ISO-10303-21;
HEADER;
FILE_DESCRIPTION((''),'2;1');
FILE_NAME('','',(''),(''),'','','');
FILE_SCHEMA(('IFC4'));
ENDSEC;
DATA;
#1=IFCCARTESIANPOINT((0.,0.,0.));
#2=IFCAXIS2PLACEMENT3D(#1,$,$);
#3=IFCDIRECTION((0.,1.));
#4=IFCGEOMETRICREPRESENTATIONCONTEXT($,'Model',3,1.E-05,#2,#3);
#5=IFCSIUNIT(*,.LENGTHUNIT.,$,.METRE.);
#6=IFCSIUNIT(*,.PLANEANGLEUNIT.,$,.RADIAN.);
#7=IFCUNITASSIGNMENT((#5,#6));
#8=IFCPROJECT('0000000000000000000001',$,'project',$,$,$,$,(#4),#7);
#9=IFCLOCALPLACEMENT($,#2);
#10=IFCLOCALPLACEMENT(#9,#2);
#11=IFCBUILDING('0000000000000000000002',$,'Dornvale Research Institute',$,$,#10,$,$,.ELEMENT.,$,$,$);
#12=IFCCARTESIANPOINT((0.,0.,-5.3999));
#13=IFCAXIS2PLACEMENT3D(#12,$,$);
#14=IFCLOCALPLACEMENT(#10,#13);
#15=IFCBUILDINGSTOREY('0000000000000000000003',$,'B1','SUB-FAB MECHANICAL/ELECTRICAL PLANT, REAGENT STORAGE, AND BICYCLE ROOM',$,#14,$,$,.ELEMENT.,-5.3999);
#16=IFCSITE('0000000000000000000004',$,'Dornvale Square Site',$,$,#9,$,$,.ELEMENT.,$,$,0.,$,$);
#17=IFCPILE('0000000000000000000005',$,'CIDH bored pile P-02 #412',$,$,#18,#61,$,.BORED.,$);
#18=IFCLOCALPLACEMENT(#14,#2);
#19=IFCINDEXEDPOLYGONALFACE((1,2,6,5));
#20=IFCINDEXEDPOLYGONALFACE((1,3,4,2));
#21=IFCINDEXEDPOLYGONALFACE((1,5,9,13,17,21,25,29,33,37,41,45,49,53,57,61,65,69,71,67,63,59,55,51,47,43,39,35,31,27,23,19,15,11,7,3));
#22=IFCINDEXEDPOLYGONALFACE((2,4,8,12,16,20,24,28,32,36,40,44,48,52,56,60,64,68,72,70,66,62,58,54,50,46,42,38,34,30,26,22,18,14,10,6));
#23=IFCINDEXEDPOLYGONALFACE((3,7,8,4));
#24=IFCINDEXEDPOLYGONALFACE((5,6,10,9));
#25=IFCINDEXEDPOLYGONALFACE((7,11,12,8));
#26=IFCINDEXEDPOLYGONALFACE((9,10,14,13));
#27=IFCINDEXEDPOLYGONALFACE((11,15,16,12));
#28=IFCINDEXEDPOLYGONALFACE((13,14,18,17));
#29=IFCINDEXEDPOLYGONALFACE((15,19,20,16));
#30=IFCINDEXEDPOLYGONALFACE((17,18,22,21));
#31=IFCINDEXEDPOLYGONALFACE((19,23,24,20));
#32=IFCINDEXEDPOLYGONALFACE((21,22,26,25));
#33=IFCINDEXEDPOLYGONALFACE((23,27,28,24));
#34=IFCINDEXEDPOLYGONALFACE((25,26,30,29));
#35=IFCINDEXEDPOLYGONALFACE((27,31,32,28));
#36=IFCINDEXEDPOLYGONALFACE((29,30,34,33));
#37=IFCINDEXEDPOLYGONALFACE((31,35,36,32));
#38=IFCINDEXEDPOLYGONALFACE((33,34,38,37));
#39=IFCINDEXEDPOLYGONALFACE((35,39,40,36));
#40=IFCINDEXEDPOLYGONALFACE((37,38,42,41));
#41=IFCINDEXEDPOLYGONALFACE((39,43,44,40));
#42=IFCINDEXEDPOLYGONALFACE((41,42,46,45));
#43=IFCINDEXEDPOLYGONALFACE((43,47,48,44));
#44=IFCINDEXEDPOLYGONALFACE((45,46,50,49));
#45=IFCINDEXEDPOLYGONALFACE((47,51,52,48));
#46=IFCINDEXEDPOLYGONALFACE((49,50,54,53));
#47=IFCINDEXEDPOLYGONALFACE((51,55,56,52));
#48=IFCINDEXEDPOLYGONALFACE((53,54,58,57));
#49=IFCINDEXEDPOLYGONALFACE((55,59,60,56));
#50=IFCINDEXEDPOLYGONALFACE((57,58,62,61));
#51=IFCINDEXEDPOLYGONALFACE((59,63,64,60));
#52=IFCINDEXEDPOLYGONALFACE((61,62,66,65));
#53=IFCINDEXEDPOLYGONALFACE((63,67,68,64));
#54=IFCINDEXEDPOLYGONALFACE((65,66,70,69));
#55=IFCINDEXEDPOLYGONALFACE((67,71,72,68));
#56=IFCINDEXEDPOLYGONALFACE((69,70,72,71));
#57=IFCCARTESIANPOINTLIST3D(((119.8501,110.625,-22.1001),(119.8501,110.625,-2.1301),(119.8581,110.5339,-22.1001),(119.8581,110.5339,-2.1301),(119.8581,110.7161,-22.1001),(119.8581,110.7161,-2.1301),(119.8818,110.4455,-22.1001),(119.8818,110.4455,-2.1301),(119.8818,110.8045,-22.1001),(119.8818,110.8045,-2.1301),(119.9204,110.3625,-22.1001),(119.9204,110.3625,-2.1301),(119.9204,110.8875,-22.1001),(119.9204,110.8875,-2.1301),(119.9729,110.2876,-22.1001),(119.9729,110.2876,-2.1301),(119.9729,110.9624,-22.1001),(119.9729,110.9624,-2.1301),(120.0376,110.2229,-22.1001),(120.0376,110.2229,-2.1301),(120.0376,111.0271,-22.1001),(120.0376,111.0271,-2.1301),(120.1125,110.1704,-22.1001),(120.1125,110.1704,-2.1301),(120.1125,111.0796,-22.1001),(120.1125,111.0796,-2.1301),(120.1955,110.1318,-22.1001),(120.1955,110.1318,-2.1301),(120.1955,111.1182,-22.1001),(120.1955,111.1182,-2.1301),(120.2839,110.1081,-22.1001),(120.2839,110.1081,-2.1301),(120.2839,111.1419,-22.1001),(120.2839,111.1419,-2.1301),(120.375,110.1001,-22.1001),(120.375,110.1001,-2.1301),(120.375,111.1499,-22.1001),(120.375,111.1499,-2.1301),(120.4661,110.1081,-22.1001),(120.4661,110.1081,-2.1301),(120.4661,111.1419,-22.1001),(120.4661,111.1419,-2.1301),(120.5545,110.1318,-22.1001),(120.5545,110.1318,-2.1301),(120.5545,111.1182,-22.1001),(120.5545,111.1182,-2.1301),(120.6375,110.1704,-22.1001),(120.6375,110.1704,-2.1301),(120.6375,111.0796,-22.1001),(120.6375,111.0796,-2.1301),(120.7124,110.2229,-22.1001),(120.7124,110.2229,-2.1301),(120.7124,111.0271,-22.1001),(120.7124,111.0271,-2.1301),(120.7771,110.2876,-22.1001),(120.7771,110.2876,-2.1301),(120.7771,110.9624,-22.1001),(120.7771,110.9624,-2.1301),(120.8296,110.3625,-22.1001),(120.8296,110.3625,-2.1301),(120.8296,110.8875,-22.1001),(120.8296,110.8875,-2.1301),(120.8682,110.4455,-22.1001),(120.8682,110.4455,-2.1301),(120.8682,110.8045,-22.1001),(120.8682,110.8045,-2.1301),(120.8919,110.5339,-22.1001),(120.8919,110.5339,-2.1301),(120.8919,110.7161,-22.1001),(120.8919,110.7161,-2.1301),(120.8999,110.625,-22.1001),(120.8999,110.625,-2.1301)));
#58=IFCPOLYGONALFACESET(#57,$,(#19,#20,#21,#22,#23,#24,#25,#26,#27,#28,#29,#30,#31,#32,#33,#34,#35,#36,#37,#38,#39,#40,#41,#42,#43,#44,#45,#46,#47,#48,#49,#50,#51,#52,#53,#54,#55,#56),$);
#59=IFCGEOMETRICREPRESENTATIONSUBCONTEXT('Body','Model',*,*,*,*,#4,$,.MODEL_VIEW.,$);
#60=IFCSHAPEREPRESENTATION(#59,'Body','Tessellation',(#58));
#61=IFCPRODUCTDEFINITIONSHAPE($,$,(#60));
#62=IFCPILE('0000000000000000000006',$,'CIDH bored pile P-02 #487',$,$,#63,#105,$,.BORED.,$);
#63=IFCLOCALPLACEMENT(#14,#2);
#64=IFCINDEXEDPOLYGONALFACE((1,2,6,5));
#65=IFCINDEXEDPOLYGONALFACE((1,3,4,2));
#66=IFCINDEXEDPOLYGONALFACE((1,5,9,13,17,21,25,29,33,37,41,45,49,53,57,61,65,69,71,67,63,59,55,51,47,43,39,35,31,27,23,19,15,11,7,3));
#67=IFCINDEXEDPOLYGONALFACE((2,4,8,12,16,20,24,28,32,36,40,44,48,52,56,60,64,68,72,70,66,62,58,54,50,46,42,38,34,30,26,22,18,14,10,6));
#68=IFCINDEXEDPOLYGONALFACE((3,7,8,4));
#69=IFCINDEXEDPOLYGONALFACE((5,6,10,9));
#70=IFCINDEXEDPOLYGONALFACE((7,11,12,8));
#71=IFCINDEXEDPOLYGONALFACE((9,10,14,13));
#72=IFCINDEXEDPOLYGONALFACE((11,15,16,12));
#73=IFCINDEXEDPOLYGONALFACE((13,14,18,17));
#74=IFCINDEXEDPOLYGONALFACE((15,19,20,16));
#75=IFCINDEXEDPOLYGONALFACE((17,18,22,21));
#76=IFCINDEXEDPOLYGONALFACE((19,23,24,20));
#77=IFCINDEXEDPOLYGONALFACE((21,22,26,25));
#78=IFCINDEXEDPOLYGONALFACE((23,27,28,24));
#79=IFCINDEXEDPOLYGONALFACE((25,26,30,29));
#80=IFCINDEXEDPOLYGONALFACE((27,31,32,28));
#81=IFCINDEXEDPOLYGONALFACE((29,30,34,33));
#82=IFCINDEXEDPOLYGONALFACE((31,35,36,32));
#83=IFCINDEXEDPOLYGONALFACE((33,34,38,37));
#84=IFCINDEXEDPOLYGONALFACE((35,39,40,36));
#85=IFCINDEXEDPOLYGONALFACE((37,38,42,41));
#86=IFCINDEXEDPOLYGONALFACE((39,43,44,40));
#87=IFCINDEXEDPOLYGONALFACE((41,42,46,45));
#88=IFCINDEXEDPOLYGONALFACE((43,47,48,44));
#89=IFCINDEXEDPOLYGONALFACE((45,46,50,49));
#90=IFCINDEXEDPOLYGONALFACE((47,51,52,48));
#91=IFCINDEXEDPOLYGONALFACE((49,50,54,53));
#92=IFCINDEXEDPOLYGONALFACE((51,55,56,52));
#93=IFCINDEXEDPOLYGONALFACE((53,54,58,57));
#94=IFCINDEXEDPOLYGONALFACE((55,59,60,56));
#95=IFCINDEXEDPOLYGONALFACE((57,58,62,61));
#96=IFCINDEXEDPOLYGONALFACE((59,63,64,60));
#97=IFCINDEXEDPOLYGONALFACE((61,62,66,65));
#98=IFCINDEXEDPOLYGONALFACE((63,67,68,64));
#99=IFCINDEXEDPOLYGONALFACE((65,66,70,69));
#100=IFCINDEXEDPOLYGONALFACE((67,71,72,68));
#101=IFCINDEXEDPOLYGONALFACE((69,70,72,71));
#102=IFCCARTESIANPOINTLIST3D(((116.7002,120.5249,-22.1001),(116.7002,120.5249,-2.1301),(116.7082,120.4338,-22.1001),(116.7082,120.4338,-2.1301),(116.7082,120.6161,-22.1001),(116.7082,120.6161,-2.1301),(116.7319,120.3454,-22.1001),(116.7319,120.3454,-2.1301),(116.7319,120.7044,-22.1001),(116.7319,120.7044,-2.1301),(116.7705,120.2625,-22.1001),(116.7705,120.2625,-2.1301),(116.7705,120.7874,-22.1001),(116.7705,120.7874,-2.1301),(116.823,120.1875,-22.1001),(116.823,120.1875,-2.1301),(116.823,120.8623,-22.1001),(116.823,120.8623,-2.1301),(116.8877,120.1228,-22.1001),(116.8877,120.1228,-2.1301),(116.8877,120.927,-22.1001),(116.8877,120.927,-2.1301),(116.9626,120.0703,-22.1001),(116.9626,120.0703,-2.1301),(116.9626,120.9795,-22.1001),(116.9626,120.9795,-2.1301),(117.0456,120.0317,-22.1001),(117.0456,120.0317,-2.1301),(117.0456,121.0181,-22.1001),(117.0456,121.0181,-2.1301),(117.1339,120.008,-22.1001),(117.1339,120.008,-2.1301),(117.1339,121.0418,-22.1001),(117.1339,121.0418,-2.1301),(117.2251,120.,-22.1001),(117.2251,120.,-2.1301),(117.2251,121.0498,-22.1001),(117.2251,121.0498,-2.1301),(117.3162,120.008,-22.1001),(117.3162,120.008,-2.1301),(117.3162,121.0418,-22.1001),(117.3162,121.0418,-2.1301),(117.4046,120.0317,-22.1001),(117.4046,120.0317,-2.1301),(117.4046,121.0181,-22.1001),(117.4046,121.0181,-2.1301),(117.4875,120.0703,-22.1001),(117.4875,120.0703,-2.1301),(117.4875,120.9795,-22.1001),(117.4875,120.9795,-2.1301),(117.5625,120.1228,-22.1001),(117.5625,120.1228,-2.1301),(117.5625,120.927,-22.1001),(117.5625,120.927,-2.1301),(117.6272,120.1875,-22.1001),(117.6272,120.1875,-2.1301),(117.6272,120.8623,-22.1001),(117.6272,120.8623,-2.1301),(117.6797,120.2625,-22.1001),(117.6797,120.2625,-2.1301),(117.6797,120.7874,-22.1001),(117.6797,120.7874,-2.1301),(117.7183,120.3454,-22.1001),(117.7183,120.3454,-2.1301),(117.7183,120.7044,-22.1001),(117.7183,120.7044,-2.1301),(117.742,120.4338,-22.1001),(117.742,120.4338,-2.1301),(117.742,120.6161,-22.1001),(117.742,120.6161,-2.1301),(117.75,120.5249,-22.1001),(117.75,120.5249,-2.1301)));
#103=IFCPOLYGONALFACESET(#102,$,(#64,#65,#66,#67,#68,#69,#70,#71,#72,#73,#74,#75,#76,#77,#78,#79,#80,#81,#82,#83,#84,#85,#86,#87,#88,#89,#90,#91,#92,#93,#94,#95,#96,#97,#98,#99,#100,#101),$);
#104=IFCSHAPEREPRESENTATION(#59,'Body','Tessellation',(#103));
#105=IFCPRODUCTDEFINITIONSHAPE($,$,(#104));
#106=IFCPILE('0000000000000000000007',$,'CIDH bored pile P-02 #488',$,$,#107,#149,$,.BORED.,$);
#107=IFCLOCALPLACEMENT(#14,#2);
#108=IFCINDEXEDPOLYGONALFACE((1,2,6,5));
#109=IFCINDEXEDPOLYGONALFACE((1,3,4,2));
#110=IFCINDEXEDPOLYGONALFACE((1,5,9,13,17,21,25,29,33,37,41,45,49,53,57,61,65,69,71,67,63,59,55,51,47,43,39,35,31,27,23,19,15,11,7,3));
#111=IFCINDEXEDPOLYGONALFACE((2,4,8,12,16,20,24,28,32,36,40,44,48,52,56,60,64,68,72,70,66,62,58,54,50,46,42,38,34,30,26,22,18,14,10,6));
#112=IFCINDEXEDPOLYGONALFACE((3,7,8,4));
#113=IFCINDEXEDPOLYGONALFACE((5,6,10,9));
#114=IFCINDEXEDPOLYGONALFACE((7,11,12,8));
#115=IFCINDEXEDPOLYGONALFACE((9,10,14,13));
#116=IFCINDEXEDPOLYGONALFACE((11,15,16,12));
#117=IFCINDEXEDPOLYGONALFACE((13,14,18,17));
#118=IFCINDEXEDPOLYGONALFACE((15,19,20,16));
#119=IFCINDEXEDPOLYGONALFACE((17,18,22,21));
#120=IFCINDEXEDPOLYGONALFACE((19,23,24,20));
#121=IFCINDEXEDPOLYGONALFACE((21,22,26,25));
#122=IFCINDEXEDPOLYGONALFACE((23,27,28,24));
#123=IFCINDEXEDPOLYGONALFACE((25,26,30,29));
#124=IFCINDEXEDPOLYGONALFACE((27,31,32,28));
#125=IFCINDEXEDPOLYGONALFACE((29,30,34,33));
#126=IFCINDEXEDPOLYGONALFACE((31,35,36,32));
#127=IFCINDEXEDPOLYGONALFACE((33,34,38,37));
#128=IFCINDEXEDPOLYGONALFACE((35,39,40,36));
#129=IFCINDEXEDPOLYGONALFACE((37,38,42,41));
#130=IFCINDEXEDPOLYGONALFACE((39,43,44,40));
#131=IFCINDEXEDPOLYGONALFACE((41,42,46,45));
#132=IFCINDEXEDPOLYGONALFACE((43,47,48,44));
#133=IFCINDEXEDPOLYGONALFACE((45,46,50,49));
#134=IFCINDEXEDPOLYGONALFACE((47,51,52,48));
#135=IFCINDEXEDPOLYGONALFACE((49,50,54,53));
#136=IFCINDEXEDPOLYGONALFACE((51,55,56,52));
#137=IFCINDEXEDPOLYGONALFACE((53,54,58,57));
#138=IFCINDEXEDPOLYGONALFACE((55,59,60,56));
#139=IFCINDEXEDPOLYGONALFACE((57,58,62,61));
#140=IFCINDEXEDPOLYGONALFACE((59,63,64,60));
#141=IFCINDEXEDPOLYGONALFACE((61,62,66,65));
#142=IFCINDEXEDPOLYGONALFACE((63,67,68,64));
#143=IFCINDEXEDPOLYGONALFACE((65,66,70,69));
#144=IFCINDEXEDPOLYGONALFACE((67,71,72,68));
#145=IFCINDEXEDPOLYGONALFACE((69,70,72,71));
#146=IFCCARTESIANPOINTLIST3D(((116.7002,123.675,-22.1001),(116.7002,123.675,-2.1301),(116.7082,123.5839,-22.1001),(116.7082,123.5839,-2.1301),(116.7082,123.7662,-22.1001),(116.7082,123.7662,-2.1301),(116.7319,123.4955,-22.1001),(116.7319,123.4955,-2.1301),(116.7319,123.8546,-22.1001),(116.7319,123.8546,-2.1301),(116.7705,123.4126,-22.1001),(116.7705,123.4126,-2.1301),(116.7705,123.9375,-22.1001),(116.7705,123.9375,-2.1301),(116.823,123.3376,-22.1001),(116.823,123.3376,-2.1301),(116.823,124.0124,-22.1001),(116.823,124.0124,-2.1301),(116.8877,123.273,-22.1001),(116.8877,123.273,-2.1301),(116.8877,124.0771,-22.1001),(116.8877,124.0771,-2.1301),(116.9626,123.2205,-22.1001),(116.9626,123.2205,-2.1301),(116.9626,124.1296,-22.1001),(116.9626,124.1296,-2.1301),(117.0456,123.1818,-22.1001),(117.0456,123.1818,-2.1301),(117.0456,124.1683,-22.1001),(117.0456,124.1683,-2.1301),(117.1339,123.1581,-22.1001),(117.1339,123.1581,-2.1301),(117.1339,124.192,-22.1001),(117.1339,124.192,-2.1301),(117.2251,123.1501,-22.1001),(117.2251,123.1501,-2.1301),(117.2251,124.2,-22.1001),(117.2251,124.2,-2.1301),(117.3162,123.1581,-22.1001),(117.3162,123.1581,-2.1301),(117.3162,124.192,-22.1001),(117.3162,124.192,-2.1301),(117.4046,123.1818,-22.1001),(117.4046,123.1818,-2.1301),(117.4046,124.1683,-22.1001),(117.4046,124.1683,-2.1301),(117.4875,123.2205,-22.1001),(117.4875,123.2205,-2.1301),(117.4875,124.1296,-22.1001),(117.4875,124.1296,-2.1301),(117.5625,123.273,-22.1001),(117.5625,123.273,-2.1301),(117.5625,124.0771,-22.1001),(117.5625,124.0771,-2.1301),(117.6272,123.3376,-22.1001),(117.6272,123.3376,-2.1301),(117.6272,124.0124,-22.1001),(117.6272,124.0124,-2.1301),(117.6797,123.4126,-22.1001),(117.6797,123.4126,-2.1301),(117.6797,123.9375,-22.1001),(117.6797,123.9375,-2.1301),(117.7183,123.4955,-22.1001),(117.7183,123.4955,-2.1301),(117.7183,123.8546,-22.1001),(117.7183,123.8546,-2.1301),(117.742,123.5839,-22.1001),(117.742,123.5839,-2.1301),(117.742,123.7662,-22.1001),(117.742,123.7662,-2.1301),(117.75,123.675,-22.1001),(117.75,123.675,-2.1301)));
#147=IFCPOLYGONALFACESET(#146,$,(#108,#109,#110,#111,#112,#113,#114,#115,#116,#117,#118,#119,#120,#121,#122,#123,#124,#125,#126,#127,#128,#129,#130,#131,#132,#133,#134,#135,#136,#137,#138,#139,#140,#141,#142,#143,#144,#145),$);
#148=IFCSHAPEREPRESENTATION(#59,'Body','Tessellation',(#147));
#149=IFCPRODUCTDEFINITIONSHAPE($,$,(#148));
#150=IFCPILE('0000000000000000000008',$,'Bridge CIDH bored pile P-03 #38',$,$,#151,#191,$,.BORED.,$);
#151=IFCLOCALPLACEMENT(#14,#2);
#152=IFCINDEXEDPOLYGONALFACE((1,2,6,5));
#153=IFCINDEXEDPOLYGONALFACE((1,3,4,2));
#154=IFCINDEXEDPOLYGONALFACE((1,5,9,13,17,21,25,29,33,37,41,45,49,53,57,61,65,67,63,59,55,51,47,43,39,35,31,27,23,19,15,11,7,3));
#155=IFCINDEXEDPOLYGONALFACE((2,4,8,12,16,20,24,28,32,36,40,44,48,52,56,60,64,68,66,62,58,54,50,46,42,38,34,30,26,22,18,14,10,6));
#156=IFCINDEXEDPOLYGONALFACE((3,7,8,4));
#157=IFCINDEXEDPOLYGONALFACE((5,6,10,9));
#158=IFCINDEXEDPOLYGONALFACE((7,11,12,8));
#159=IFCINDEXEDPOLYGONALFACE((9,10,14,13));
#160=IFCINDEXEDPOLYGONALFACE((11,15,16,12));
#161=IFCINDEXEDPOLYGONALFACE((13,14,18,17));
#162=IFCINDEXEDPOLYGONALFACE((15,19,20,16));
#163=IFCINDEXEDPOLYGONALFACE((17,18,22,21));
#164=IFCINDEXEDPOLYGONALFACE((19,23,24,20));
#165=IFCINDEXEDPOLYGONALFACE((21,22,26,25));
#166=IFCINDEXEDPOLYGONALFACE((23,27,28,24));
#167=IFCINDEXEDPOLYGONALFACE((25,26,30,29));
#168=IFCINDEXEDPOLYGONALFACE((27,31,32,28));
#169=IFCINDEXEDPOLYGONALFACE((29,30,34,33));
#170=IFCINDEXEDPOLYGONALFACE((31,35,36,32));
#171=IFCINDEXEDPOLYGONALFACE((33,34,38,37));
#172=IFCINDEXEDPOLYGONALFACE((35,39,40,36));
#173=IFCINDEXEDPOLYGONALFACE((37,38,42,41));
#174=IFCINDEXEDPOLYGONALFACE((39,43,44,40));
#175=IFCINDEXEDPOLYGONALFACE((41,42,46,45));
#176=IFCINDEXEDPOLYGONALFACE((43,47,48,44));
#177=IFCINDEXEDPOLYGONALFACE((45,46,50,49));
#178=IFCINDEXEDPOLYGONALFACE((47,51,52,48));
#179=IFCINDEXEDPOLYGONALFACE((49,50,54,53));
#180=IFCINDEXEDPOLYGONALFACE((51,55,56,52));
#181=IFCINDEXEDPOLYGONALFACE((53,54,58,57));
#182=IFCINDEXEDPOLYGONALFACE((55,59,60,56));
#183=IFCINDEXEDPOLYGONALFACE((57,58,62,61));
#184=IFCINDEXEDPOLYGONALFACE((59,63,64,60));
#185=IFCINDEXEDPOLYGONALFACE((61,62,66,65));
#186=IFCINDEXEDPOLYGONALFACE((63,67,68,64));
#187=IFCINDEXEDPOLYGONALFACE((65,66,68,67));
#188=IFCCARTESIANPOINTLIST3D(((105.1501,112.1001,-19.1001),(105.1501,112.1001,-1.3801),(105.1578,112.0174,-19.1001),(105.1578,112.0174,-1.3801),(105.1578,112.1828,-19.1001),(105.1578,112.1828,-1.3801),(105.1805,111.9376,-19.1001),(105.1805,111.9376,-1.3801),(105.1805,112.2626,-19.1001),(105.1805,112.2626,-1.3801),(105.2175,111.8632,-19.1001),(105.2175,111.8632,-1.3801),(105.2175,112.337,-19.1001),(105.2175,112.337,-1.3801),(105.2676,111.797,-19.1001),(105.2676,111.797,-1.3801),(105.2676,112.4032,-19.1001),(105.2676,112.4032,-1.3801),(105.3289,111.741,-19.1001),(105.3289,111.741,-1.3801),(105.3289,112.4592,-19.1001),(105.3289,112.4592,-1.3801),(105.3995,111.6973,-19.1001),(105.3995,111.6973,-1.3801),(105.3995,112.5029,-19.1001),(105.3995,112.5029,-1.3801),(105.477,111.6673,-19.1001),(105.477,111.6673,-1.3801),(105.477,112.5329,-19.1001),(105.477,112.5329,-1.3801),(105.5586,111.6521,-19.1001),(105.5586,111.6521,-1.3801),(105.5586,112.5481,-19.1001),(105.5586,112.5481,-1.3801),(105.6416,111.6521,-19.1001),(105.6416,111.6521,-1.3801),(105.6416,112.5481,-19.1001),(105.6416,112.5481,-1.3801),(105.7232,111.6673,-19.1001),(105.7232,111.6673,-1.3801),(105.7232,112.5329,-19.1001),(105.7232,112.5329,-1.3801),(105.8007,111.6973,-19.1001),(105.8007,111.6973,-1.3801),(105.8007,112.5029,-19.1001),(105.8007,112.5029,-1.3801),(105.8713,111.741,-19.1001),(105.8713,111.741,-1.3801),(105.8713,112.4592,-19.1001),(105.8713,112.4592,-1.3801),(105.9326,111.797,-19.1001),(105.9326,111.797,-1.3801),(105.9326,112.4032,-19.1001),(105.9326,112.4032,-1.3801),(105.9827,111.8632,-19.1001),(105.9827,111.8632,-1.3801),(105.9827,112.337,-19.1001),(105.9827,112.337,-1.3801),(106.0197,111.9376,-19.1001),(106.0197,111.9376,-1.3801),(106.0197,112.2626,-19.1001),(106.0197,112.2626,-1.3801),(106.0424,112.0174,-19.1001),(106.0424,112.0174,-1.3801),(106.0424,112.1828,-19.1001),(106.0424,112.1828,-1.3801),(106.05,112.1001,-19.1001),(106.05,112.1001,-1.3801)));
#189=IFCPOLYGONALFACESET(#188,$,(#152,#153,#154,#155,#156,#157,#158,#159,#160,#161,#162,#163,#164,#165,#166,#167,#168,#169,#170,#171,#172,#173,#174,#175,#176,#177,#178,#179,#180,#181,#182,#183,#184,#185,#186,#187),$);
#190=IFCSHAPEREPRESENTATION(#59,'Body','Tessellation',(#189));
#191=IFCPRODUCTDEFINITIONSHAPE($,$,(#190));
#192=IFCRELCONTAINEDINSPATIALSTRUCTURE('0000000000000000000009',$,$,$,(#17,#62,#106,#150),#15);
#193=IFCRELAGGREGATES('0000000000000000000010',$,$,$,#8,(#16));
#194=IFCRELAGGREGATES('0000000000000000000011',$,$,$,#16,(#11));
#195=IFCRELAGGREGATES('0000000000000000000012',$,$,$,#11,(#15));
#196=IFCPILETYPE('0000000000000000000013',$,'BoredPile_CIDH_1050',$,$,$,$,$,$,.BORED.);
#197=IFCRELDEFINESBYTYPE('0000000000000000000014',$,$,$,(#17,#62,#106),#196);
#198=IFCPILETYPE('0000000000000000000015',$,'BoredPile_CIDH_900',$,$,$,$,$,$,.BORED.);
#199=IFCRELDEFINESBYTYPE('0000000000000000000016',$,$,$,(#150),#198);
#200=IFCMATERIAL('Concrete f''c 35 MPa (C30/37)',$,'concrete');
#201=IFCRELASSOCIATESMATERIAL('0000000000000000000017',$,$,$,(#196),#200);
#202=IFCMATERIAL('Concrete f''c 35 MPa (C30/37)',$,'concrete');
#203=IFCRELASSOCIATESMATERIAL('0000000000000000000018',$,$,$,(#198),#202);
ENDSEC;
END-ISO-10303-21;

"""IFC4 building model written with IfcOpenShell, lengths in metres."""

from ifc_helpers import new_model, si_unit, direction, frame, origin, origin_2d, place, context, subcontext, project, spatial, circle, extrude, material, material_profile, profile_set, type_object, element, save


model = new_model("IFC4")

# Units and contexts
model_context = context("Model", 3, precision=1e-05, world=origin(), true_north=direction((0.0, 1.0)))
body_context = subcontext(model_context, "Body", "Model", "MODEL_VIEW")
ifc_project = project(units=[si_unit("LENGTHUNIT", "METRE"), si_unit("PLANEANGLEUNIT", "RADIAN")], contexts=[model_context])

# Site, building, storey
site_placement = place(None, origin())
site = spatial("IfcSite", under=ifc_project, at=site_placement, Name="Dornvale Square Site", CompositionType="ELEMENT", RefElevation=0.0)
building_placement = place(site_placement, origin())
building = spatial("IfcBuilding", under=site, at=building_placement, Name="Dornvale Research Institute", CompositionType="ELEMENT")
storey_placement = place(building_placement, frame((0.0, 0.0, -5.3999)))
storey = spatial("IfcBuildingStorey", under=building, at=storey_placement, Name="B1", Description="SUB-FAB MECHANICAL/ELECTRICAL PLANT, REAGENT STORAGE, AND BICYCLE ROOM", CompositionType="ELEMENT", Elevation=-5.3999)

# Piles
ifc_material_1 = material(Name="Concrete f'c 35 MPa (C30/37)", Category="concrete")
ifc_material_profile_1 = material_profile(ifc_material_1, circle(Radius=0.5249, at=origin_2d()), Name="CIDH PILE D1050")
ifc_profile_set_1 = profile_set([ifc_material_profile_1], Name="Concrete f'c 35 MPa (C30/37)")
pile_type_1 = type_object("IfcPileType", Name="BoredPile_CIDH_1050", PredefinedType="BORED", material=ifc_profile_set_1)
for number, where, z_axis, x_axis, name in (
    (1, (120.375, 110.625, -2.1301), (0.0, 0.0, -1.0), (1.0, 0.0, 0.0), "CIDH bored pile P-02 #412"),
    (2, (117.2251, 120.5249, -2.1301), (0.0, 0.0, -1.0), (1.0, 0.0, 0.0), "CIDH bored pile P-02 #487"),
    (3, (117.2251, 123.675, -2.1301), (0.0, 0.0, -1.0), (1.0, 0.0, 0.0), "CIDH bored pile P-02 #488"),
):
    element("IfcPile", number, at=place(storey_placement, frame(where, z_axis=z_axis, x_axis=x_axis)), inside=storey, type_object=pile_type_1, Name=name, PredefinedType="BORED", context=body_context, shape_type="SweptSolid", body=[
        extrude(circle(Radius=0.5249, at=origin_2d()), origin(), (0.0, 0.0, 1.0), 19.97),
    ])
ifc_material_2 = material(Name="Concrete f'c 35 MPa (C30/37)", Category="concrete")
ifc_material_profile_2 = material_profile(ifc_material_2, circle(Radius=0.45, at=origin_2d()), Name="CIDH PILE D900")
ifc_profile_set_2 = profile_set([ifc_material_profile_2], Name="Concrete f'c 35 MPa (C30/37)")
pile_type_2 = type_object("IfcPileType", Name="BoredPile_CIDH_900", PredefinedType="BORED", material=ifc_profile_set_2)
for number, where, z_axis, x_axis, name in (
    (4, (105.6001, 112.1001, -1.3801), (0.0, 0.0, -1.0), (1.0, 0.0, 0.0), "Bridge CIDH bored pile P-03 #38"),
):
    element("IfcPile", number, at=place(storey_placement, frame(where, z_axis=z_axis, x_axis=x_axis)), inside=storey, type_object=pile_type_2, Name=name, PredefinedType="BORED", context=body_context, shape_type="SweptSolid", body=[
        extrude(circle(Radius=0.45, at=origin_2d()), origin(), (0.0, 0.0, 1.0), 17.72),
    ])

save(model, "model.ifc")
